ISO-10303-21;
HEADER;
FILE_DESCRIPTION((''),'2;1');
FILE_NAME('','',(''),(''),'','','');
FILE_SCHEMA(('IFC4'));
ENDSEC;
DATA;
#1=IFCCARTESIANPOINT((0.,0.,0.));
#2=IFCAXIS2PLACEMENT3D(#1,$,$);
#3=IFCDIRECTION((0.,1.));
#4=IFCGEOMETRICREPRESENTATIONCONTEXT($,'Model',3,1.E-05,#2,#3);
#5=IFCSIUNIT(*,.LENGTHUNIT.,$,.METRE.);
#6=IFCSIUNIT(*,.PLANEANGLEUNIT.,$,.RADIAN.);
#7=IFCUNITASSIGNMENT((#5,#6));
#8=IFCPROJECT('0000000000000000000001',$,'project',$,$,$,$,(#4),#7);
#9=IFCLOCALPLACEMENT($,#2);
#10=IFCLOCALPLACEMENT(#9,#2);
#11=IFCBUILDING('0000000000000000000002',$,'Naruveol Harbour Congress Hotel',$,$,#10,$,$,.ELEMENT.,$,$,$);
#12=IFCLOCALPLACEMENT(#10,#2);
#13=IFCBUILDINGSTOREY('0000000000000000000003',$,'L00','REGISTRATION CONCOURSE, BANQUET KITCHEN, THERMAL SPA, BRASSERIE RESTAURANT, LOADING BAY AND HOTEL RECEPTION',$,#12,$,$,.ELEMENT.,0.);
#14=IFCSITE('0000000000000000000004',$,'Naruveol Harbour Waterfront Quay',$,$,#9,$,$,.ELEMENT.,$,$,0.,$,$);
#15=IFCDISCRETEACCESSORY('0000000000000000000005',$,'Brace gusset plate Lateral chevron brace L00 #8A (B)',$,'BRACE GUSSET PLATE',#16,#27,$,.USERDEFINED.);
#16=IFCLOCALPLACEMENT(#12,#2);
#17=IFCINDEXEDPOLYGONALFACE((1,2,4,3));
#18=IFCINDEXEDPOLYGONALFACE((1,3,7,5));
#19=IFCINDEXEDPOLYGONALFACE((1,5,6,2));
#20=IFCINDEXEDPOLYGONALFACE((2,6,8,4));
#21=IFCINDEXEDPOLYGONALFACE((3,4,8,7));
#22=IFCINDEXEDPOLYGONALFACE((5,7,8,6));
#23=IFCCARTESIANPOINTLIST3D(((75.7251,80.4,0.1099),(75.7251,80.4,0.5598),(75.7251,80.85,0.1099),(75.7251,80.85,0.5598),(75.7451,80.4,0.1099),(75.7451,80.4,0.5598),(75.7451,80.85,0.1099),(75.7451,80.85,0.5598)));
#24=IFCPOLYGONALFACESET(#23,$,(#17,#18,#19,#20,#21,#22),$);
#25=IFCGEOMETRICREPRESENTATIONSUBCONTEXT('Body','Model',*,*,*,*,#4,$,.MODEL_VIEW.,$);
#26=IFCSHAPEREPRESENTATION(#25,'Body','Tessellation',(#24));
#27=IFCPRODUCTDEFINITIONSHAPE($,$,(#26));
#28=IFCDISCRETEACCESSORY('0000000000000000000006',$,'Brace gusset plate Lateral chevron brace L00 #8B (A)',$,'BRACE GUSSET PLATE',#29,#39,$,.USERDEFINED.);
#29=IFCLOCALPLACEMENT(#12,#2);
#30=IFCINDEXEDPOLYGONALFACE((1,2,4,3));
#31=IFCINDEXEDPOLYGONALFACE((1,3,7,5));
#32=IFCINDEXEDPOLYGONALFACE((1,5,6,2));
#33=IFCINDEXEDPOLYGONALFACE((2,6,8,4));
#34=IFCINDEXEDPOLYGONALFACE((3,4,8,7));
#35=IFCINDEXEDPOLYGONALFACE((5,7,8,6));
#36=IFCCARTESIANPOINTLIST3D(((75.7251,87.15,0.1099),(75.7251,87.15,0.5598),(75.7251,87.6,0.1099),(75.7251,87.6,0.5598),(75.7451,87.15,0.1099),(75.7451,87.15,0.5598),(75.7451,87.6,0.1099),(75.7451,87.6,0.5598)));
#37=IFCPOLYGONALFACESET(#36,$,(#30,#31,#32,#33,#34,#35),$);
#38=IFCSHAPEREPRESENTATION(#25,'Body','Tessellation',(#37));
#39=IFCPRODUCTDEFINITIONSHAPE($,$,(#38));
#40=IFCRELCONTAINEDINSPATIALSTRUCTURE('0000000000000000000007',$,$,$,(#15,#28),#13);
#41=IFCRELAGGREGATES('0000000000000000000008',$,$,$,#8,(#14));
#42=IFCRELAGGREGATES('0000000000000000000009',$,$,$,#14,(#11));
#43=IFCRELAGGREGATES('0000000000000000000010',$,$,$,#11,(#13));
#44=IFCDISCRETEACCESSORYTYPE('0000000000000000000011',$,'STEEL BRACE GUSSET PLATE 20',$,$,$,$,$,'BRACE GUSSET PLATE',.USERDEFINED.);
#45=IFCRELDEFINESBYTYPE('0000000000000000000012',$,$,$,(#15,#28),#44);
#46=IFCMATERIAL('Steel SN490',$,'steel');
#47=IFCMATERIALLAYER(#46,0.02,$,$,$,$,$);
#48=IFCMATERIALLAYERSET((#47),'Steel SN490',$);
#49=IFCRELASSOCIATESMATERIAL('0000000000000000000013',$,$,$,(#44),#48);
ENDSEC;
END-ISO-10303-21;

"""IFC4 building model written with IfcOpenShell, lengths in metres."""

from ifc_helpers import new_model, si_unit, direction, frame, origin, origin_2d, place, context, subcontext, project, spatial, rectangle, extrude, material, layer, layer_set, type_object, element, save


model = new_model("IFC4")

# Units and contexts
model_context = context("Model", 3, precision=1e-05, world=origin(), true_north=direction((0.0, 1.0)))
body_context = subcontext(model_context, "Body", "Model", "MODEL_VIEW")
ifc_project = project(units=[si_unit("LENGTHUNIT", "METRE"), si_unit("PLANEANGLEUNIT", "RADIAN")], contexts=[model_context])

# Site, building, storey
site_placement = place(None, origin())
site = spatial("IfcSite", under=ifc_project, at=site_placement, Name="Naruveol Harbour Waterfront Quay", CompositionType="ELEMENT", RefElevation=0.0)
building_placement = place(site_placement, origin())
building = spatial("IfcBuilding", under=site, at=building_placement, Name="Naruveol Harbour Congress Hotel", CompositionType="ELEMENT")
storey_placement = place(building_placement, origin())
storey = spatial("IfcBuildingStorey", under=building, at=storey_placement, Name="L00", Description="REGISTRATION CONCOURSE, BANQUET KITCHEN, THERMAL SPA, BRASSERIE RESTAURANT, LOADING BAY AND HOTEL RECEPTION", CompositionType="ELEMENT", Elevation=0.0)

# Discrete accessories
ifc_material_1 = material(Name="Steel SN490", Category="steel")
ifc_layer_1 = layer(ifc_material_1, 0.02)
ifc_layer_set_1 = layer_set([ifc_layer_1], Name="Steel SN490")
discrete_accessory_type = type_object("IfcDiscreteAccessoryType", Name="STEEL BRACE GUSSET PLATE 20", ElementType="BRACE GUSSET PLATE", PredefinedType="USERDEFINED", material=ifc_layer_set_1)
for number, where, z_axis, x_axis, name in (
    (1, (75.7351, 80.625, 0.1099), (0.0, 0.0, 1.0), (0.0, 1.0, 0.0), "Brace gusset plate Lateral chevron brace L00 #8A (B)"),
    (2, (75.7351, 87.375, 0.1099), (0.0, 0.0, 1.0), (0.0, -1.0, 0.0), "Brace gusset plate Lateral chevron brace L00 #8B (A)"),
):
    element("IfcDiscreteAccessory", number, at=place(storey_placement, frame(where, z_axis=z_axis, x_axis=x_axis)), inside=storey, type_object=discrete_accessory_type, Name=name, ObjectType="BRACE GUSSET PLATE", PredefinedType="USERDEFINED", context=body_context, shape_type="SweptSolid", body=[
        extrude(rectangle(XDim=0.45, YDim=0.02, at=origin_2d()), origin(), (0.0, 0.0, 1.0), 0.45),
    ])

save(model, "model.ifc")
